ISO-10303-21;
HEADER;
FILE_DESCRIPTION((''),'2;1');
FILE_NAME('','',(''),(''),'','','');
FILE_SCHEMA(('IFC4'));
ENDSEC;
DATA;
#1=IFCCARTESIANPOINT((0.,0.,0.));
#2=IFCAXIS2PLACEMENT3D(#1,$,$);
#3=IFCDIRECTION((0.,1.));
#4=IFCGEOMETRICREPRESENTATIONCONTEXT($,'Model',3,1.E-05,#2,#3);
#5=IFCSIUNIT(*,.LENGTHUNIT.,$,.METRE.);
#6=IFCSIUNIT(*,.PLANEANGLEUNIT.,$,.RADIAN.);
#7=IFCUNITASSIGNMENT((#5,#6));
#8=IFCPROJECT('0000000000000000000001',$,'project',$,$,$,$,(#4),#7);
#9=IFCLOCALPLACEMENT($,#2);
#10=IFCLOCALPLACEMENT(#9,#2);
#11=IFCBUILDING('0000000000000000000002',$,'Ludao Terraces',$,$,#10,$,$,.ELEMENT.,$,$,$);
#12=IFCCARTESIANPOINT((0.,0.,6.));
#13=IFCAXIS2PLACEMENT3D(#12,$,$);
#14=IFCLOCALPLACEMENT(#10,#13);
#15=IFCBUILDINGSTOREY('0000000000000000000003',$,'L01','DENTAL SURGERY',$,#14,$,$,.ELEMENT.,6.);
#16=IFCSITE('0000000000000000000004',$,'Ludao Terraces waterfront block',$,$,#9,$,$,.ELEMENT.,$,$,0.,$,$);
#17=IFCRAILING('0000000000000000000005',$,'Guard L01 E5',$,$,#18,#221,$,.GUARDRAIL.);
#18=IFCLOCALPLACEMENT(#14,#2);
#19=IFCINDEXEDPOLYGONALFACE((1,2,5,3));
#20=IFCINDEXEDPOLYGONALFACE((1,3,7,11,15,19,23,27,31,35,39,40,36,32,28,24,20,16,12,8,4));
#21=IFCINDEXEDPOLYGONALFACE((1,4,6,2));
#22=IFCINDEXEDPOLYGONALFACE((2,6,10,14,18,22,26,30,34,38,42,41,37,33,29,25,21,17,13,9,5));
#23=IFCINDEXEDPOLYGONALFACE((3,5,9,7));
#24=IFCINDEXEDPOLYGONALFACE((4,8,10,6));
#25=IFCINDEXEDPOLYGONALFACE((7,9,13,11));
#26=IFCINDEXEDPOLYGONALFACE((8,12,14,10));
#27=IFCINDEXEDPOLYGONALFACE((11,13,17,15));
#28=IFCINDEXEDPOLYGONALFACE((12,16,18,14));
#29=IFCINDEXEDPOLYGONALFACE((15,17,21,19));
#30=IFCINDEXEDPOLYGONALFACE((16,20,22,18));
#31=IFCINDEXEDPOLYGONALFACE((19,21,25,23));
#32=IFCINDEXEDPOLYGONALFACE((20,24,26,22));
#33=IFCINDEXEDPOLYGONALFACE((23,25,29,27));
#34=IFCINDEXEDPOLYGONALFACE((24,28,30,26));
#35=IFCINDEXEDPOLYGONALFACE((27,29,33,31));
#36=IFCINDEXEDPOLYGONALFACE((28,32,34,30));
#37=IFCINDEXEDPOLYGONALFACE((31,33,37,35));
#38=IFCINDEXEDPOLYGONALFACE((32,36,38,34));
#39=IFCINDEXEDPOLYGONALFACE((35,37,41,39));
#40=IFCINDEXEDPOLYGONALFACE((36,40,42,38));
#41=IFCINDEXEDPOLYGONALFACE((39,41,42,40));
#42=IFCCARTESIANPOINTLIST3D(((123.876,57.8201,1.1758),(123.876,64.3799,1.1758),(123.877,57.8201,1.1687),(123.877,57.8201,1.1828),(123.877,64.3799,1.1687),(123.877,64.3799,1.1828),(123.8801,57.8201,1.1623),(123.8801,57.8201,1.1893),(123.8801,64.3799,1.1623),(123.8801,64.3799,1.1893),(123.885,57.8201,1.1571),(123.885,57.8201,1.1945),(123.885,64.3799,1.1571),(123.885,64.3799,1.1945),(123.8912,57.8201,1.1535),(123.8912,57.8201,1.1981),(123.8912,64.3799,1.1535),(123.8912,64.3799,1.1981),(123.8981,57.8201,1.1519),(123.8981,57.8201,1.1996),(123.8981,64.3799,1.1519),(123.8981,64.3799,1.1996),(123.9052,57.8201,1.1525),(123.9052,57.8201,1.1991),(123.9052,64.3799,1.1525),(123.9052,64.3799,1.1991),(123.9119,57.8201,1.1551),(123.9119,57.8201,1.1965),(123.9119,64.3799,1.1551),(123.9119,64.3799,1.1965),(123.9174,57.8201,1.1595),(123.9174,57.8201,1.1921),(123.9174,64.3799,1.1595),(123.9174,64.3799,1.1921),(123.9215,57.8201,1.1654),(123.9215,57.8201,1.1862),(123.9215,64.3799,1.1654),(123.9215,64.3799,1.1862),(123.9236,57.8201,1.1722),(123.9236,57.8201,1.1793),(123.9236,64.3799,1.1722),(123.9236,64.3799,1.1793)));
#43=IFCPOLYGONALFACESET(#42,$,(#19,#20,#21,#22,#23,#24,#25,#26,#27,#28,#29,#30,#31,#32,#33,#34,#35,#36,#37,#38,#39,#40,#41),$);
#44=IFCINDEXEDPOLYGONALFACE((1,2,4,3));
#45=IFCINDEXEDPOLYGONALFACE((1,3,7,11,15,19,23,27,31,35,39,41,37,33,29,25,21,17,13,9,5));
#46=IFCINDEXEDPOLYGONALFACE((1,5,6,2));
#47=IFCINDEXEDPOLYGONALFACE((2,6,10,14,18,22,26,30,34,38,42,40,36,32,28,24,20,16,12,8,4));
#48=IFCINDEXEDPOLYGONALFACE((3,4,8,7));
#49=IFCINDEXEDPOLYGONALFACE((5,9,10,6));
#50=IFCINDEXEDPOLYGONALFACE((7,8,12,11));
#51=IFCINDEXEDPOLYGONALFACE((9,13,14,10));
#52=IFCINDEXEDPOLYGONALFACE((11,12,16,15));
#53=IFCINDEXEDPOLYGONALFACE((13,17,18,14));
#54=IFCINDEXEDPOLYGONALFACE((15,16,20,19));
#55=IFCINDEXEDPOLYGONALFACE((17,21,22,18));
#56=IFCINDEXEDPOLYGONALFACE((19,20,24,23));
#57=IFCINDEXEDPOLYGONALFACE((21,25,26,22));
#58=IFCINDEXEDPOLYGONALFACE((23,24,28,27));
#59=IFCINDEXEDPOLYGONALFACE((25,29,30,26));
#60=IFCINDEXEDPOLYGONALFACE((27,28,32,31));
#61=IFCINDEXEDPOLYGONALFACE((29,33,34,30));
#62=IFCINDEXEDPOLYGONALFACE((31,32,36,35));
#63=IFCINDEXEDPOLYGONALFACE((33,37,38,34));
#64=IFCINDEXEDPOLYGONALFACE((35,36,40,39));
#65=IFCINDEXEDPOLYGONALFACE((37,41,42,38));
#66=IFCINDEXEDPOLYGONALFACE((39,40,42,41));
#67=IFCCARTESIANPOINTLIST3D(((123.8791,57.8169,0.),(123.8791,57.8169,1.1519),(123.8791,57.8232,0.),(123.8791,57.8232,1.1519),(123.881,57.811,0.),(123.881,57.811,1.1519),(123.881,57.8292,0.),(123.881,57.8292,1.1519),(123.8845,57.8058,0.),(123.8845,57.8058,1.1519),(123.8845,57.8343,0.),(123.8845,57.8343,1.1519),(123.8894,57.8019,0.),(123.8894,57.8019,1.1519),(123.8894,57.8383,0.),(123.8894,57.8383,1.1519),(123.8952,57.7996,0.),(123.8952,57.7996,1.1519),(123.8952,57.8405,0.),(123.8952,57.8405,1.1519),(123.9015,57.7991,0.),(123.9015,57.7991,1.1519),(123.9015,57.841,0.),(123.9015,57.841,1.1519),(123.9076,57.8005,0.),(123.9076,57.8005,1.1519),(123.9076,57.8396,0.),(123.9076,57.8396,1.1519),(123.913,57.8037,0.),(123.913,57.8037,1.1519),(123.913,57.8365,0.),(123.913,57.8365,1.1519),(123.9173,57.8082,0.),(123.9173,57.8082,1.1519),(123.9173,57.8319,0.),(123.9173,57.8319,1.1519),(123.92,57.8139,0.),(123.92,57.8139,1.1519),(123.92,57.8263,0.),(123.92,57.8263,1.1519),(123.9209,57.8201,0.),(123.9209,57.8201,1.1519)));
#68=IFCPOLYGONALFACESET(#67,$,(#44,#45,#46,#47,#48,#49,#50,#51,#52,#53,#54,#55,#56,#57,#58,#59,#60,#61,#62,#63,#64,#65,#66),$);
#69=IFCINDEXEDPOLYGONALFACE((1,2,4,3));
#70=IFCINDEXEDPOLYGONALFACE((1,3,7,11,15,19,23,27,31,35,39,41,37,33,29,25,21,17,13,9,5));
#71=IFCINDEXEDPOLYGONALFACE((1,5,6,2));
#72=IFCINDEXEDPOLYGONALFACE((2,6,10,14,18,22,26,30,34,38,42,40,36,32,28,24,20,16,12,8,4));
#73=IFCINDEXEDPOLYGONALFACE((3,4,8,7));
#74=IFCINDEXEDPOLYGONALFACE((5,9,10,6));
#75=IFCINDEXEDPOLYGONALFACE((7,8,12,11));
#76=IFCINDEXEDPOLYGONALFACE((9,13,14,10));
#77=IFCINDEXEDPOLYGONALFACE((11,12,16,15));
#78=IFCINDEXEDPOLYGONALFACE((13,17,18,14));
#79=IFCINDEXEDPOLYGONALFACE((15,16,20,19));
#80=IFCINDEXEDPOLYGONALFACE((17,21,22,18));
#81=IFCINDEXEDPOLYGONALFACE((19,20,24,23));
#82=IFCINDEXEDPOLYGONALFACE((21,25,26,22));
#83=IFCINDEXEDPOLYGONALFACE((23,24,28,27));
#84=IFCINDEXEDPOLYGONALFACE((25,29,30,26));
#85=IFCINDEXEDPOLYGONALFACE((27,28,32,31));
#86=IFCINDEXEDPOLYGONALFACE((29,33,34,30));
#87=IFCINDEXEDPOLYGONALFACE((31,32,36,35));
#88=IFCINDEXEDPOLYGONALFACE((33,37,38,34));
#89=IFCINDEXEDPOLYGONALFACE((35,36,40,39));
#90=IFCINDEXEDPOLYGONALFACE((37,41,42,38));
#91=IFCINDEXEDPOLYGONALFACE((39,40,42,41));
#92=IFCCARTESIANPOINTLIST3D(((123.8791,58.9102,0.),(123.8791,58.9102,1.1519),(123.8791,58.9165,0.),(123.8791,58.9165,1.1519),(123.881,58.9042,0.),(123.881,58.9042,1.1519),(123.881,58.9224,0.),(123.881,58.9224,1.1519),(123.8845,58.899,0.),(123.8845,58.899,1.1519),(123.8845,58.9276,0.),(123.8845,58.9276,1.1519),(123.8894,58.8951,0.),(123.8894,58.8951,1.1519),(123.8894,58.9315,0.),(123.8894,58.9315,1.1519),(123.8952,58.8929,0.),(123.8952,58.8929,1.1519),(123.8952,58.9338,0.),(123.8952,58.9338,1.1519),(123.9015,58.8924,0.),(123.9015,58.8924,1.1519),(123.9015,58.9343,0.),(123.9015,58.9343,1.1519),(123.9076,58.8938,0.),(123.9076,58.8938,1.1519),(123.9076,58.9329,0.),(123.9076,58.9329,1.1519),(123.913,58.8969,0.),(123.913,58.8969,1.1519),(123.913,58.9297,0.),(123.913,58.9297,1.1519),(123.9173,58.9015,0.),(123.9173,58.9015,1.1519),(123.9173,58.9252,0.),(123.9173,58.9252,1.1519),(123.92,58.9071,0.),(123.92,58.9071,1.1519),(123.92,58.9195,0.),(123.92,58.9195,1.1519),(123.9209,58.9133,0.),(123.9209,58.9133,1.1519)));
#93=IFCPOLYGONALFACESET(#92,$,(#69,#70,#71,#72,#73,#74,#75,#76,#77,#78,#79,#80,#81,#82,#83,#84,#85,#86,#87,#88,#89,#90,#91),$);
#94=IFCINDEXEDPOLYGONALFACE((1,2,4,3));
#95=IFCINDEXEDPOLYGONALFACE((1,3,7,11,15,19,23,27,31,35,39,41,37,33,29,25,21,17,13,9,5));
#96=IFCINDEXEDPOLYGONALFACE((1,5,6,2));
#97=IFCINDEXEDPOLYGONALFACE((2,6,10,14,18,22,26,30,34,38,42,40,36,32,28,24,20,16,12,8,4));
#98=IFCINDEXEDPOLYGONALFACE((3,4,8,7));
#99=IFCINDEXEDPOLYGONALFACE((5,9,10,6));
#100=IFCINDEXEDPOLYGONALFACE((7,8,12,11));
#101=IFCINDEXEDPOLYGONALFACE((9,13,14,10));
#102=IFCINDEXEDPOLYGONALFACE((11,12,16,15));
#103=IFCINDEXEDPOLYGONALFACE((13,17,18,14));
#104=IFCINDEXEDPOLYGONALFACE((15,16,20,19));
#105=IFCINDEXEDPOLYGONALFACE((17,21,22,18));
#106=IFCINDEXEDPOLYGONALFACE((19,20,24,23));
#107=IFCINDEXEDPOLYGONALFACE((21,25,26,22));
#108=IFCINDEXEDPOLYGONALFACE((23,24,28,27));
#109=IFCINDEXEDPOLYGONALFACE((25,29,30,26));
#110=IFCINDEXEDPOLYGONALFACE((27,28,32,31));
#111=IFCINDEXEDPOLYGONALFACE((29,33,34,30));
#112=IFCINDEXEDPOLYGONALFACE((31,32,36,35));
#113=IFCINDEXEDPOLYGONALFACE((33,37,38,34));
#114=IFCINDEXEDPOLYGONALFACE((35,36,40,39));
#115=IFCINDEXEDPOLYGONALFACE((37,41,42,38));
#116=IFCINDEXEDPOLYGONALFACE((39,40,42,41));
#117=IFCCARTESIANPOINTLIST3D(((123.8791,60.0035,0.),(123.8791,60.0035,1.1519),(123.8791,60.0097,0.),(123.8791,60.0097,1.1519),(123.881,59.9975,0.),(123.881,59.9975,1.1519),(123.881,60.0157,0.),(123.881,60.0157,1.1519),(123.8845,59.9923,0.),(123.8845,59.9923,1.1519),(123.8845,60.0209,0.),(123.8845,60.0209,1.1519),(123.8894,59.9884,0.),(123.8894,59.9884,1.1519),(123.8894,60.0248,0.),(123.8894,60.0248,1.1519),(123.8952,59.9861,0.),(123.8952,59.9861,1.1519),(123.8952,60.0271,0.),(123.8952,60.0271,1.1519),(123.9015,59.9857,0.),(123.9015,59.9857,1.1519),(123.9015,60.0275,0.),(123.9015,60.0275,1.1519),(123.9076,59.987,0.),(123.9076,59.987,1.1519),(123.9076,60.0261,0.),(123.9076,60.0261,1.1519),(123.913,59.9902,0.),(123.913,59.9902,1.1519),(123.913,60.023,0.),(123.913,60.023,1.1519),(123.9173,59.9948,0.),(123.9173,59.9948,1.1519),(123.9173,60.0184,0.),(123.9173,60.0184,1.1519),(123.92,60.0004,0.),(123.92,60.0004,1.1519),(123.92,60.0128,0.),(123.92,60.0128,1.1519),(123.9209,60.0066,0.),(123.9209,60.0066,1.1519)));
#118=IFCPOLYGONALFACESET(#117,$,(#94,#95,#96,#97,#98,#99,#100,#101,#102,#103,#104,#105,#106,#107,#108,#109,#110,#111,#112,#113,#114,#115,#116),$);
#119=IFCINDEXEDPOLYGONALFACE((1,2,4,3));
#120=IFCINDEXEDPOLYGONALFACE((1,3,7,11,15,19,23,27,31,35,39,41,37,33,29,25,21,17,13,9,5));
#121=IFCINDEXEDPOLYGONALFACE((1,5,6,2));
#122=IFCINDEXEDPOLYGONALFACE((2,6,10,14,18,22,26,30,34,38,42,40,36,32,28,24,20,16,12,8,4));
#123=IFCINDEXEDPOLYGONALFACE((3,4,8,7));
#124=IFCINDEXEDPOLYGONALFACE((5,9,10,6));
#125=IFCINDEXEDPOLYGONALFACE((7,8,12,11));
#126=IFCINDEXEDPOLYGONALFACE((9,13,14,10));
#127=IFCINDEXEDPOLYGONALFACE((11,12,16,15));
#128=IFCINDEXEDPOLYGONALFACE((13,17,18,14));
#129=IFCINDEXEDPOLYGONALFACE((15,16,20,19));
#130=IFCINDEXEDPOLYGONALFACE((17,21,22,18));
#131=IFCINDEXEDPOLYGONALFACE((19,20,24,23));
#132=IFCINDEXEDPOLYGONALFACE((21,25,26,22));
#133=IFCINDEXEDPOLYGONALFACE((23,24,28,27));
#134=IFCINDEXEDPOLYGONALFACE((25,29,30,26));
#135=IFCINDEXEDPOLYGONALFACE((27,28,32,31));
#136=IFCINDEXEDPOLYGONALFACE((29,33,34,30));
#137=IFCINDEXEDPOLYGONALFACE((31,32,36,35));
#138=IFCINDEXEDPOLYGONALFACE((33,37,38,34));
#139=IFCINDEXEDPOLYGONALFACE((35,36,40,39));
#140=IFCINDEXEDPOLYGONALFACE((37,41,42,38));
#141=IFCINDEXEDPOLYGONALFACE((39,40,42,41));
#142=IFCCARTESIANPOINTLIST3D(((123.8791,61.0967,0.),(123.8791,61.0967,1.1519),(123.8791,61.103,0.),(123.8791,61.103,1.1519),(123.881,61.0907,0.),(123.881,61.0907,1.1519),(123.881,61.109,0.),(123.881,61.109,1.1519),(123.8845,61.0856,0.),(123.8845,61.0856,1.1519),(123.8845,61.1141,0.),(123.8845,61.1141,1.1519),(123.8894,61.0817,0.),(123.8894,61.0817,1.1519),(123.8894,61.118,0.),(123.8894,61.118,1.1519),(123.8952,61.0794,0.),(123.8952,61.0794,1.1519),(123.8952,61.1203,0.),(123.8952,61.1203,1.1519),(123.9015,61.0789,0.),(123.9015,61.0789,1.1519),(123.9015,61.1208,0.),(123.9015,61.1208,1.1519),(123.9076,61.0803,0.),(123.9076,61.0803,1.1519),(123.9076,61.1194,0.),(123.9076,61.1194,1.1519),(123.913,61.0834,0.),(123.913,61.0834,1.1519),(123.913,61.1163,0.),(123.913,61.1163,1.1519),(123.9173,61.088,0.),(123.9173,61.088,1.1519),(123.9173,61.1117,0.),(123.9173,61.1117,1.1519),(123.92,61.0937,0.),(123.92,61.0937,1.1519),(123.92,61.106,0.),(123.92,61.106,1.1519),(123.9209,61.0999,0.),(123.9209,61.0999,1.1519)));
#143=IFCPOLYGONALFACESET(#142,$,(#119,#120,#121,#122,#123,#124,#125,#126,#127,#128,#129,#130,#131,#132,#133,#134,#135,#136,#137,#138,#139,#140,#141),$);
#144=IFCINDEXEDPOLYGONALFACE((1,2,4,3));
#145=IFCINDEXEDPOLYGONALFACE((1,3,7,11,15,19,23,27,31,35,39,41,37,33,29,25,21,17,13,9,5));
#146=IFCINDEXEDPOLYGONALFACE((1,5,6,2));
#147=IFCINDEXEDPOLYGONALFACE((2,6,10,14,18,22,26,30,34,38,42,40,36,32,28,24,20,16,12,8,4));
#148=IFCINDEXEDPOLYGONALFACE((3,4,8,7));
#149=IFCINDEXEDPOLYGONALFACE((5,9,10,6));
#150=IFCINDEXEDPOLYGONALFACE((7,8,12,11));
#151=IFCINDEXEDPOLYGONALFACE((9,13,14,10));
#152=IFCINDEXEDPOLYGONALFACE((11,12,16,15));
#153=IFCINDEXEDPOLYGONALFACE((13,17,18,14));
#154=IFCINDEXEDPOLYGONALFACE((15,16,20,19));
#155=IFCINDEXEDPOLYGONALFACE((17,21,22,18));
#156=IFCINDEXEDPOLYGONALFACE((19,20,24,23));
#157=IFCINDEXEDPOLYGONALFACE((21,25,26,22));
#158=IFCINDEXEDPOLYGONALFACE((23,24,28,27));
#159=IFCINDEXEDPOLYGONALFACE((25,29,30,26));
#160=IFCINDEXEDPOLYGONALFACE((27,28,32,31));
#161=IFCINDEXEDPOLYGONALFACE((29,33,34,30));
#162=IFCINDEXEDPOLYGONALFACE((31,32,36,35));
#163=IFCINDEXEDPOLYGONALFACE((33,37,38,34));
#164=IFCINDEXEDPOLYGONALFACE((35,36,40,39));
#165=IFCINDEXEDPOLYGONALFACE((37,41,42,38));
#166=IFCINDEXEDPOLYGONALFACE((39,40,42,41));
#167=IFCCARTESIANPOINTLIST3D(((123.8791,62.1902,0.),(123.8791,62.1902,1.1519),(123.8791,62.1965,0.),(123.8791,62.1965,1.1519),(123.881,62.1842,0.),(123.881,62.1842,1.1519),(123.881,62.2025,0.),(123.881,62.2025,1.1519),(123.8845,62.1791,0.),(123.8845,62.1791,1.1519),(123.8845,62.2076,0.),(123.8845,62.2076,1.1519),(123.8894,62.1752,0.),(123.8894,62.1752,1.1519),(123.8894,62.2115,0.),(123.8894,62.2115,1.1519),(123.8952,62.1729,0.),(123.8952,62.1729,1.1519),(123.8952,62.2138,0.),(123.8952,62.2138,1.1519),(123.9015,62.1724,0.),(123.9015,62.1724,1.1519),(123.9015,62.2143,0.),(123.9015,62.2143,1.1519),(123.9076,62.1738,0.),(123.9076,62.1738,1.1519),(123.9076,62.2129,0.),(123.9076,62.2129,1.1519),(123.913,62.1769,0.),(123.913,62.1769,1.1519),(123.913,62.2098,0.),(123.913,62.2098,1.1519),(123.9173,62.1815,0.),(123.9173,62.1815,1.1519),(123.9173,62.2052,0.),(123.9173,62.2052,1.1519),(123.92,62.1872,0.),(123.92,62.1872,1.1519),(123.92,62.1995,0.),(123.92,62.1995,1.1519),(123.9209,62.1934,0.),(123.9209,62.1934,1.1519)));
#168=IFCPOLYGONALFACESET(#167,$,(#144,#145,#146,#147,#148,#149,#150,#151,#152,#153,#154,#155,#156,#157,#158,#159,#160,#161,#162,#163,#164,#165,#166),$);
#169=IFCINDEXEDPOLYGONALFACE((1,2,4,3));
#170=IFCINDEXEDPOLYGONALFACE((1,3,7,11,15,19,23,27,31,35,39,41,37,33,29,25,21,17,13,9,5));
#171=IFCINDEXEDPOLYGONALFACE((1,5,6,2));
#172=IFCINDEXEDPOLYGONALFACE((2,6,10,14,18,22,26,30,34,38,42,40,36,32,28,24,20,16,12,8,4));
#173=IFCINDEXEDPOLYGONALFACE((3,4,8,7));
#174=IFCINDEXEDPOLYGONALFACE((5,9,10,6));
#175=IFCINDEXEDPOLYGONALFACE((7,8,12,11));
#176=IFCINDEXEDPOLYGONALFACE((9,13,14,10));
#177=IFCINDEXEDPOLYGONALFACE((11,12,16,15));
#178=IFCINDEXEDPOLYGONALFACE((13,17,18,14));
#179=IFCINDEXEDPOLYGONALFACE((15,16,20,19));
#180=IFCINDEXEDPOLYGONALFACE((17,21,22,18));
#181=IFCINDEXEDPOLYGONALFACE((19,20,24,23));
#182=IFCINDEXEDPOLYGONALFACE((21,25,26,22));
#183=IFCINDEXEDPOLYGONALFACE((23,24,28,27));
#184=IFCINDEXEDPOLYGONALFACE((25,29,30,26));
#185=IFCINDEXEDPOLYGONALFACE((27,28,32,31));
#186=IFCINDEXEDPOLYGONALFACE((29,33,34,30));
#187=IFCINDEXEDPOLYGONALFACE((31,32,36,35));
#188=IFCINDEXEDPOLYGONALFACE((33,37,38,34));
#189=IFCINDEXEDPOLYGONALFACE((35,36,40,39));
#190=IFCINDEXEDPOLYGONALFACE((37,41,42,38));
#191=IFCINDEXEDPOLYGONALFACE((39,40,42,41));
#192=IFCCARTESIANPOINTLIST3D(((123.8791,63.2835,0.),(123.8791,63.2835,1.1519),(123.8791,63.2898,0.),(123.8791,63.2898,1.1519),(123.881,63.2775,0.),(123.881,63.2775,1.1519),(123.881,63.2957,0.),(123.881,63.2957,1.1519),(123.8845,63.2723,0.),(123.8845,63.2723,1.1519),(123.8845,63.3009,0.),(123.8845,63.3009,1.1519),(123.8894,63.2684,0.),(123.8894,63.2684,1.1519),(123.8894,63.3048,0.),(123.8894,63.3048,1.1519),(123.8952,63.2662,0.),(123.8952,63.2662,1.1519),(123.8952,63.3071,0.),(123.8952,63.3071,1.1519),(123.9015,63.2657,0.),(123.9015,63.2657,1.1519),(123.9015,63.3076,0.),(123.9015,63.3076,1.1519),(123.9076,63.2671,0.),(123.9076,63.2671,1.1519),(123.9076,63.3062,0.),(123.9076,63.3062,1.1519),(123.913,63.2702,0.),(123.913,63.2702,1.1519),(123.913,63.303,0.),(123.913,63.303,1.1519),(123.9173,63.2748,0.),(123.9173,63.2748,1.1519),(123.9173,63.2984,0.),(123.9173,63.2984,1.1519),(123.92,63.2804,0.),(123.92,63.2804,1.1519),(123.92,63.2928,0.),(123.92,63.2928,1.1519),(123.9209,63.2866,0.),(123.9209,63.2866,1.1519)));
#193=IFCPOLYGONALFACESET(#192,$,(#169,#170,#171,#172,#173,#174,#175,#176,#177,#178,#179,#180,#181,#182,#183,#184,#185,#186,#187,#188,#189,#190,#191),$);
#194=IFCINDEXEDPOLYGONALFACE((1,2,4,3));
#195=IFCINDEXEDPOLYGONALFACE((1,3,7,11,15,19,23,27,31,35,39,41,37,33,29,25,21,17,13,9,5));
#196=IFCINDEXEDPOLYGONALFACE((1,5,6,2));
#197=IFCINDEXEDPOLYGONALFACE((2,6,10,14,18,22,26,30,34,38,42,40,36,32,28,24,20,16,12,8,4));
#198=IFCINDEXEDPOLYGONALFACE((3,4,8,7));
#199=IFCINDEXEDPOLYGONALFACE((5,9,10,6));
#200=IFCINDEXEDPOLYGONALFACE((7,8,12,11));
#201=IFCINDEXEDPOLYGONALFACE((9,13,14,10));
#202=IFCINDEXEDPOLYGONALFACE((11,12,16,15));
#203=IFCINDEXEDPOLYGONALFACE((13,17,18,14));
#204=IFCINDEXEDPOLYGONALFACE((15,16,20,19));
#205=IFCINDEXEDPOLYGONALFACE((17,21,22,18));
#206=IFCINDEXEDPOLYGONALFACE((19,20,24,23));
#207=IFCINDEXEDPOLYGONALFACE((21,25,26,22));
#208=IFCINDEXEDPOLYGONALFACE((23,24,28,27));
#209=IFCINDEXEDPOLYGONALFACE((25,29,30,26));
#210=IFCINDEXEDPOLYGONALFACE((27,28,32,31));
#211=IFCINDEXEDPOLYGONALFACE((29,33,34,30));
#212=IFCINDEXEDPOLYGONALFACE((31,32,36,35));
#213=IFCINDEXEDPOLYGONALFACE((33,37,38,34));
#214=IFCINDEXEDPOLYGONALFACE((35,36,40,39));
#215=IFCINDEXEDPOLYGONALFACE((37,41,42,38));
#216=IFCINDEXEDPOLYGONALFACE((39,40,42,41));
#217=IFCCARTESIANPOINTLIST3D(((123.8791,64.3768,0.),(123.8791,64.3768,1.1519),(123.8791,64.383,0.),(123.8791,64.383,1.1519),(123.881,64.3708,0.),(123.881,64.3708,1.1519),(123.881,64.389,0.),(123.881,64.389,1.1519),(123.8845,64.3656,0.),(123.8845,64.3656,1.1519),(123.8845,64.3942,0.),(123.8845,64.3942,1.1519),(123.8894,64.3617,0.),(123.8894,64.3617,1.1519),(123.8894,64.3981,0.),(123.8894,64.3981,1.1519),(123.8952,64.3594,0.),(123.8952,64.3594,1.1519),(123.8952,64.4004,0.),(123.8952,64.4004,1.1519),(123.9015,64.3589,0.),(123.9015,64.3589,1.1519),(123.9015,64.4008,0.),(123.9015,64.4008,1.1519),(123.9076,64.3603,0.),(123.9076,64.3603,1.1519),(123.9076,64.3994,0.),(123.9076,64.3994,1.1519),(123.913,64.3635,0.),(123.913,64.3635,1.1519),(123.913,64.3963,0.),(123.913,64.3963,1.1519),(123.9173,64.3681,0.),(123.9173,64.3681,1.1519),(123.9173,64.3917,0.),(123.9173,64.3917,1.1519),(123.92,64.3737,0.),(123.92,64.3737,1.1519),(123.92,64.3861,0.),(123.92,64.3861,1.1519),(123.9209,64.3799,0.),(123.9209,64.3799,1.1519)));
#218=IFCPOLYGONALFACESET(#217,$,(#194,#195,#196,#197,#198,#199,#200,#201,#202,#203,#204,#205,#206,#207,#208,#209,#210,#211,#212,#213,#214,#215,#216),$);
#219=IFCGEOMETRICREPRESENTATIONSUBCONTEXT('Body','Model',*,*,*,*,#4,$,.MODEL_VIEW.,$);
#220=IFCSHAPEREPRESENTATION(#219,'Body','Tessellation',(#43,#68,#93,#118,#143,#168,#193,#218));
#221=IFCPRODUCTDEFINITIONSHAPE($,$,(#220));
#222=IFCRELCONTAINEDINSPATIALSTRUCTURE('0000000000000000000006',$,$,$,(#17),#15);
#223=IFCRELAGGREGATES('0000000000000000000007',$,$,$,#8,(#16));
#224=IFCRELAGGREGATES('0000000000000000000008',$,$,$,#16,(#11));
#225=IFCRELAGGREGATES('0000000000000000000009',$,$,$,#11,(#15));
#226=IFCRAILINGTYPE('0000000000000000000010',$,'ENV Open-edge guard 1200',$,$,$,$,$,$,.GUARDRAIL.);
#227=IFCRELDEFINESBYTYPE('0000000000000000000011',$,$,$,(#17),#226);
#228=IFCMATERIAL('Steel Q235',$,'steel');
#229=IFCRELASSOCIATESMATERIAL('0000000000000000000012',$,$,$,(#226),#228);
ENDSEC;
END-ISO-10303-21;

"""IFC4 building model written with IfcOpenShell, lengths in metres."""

from ifc_helpers import new_model, si_unit, direction, frame, origin, origin_2d, place, context, subcontext, project, spatial, circle, extrude, material, type_object, element, save


model = new_model("IFC4")

# Units and contexts
model_context = context("Model", 3, precision=1e-05, world=origin(), true_north=direction((0.0, 1.0)))
body_context = subcontext(model_context, "Body", "Model", "MODEL_VIEW")
ifc_project = project(units=[si_unit("LENGTHUNIT", "METRE"), si_unit("PLANEANGLEUNIT", "RADIAN")], contexts=[model_context])

# Site, building, storey
site_placement = place(None, origin())
site = spatial("IfcSite", under=ifc_project, at=site_placement, Name="Ludao Terraces waterfront block", CompositionType="ELEMENT", RefElevation=0.0)
building_placement = place(site_placement, origin())
building = spatial("IfcBuilding", under=site, at=building_placement, Name="Ludao Terraces", CompositionType="ELEMENT")
storey_placement = place(building_placement, frame((0.0, 0.0, 6.0)))
storey = spatial("IfcBuildingStorey", under=building, at=storey_placement, Name="L01", Description="DENTAL SURGERY", CompositionType="ELEMENT", Elevation=6.0)

# Railing
ifc_material_1 = material(Name="Steel Q235", Category="steel")
railing_type = type_object("IfcRailingType", Name="ENV Open-edge guard 1200", PredefinedType="GUARDRAIL", material=ifc_material_1)
railing_placement = place(storey_placement, frame((123.8999, 57.8201, 0.0)))
element("IfcRailing", 1, at=railing_placement, inside=storey, type_object=railing_type, Name="Guard L01 E5", PredefinedType="GUARDRAIL", context=body_context, shape_type="SweptSolid", body=[
    extrude(circle(Radius=0.0239, at=origin_2d()), frame((0.0, 0.0, 1.1758), z_axis=(0.0, 1.0, 0.0), x_axis=(-1.0, 0.0, 0.0)), (0.0, 0.0, 1.0), 6.5598),
    extrude(circle(Radius=0.021, at=origin_2d()), origin(), (0.0, 0.0, 1.0), 1.1519),
    extrude(circle(Radius=0.021, at=origin_2d()), frame((0.0, 1.0933, 0.0)), (0.0, 0.0, 1.0), 1.1519),
    extrude(circle(Radius=0.021, at=origin_2d()), frame((0.0, 2.1865, 0.0)), (0.0, 0.0, 1.0), 1.1519),
    extrude(circle(Radius=0.021, at=origin_2d()), frame((0.0, 3.2798, 0.0)), (0.0, 0.0, 1.0), 1.1519),
    extrude(circle(Radius=0.021, at=origin_2d()), frame((0.0, 4.3733, 0.0)), (0.0, 0.0, 1.0), 1.1519),
    extrude(circle(Radius=0.021, at=origin_2d()), frame((0.0, 5.4666, 0.0)), (0.0, 0.0, 1.0), 1.1519),
    extrude(circle(Radius=0.021, at=origin_2d()), frame((0.0, 6.5598, 0.0)), (0.0, 0.0, 1.0), 1.1519),
])

save(model, "model.ifc")
